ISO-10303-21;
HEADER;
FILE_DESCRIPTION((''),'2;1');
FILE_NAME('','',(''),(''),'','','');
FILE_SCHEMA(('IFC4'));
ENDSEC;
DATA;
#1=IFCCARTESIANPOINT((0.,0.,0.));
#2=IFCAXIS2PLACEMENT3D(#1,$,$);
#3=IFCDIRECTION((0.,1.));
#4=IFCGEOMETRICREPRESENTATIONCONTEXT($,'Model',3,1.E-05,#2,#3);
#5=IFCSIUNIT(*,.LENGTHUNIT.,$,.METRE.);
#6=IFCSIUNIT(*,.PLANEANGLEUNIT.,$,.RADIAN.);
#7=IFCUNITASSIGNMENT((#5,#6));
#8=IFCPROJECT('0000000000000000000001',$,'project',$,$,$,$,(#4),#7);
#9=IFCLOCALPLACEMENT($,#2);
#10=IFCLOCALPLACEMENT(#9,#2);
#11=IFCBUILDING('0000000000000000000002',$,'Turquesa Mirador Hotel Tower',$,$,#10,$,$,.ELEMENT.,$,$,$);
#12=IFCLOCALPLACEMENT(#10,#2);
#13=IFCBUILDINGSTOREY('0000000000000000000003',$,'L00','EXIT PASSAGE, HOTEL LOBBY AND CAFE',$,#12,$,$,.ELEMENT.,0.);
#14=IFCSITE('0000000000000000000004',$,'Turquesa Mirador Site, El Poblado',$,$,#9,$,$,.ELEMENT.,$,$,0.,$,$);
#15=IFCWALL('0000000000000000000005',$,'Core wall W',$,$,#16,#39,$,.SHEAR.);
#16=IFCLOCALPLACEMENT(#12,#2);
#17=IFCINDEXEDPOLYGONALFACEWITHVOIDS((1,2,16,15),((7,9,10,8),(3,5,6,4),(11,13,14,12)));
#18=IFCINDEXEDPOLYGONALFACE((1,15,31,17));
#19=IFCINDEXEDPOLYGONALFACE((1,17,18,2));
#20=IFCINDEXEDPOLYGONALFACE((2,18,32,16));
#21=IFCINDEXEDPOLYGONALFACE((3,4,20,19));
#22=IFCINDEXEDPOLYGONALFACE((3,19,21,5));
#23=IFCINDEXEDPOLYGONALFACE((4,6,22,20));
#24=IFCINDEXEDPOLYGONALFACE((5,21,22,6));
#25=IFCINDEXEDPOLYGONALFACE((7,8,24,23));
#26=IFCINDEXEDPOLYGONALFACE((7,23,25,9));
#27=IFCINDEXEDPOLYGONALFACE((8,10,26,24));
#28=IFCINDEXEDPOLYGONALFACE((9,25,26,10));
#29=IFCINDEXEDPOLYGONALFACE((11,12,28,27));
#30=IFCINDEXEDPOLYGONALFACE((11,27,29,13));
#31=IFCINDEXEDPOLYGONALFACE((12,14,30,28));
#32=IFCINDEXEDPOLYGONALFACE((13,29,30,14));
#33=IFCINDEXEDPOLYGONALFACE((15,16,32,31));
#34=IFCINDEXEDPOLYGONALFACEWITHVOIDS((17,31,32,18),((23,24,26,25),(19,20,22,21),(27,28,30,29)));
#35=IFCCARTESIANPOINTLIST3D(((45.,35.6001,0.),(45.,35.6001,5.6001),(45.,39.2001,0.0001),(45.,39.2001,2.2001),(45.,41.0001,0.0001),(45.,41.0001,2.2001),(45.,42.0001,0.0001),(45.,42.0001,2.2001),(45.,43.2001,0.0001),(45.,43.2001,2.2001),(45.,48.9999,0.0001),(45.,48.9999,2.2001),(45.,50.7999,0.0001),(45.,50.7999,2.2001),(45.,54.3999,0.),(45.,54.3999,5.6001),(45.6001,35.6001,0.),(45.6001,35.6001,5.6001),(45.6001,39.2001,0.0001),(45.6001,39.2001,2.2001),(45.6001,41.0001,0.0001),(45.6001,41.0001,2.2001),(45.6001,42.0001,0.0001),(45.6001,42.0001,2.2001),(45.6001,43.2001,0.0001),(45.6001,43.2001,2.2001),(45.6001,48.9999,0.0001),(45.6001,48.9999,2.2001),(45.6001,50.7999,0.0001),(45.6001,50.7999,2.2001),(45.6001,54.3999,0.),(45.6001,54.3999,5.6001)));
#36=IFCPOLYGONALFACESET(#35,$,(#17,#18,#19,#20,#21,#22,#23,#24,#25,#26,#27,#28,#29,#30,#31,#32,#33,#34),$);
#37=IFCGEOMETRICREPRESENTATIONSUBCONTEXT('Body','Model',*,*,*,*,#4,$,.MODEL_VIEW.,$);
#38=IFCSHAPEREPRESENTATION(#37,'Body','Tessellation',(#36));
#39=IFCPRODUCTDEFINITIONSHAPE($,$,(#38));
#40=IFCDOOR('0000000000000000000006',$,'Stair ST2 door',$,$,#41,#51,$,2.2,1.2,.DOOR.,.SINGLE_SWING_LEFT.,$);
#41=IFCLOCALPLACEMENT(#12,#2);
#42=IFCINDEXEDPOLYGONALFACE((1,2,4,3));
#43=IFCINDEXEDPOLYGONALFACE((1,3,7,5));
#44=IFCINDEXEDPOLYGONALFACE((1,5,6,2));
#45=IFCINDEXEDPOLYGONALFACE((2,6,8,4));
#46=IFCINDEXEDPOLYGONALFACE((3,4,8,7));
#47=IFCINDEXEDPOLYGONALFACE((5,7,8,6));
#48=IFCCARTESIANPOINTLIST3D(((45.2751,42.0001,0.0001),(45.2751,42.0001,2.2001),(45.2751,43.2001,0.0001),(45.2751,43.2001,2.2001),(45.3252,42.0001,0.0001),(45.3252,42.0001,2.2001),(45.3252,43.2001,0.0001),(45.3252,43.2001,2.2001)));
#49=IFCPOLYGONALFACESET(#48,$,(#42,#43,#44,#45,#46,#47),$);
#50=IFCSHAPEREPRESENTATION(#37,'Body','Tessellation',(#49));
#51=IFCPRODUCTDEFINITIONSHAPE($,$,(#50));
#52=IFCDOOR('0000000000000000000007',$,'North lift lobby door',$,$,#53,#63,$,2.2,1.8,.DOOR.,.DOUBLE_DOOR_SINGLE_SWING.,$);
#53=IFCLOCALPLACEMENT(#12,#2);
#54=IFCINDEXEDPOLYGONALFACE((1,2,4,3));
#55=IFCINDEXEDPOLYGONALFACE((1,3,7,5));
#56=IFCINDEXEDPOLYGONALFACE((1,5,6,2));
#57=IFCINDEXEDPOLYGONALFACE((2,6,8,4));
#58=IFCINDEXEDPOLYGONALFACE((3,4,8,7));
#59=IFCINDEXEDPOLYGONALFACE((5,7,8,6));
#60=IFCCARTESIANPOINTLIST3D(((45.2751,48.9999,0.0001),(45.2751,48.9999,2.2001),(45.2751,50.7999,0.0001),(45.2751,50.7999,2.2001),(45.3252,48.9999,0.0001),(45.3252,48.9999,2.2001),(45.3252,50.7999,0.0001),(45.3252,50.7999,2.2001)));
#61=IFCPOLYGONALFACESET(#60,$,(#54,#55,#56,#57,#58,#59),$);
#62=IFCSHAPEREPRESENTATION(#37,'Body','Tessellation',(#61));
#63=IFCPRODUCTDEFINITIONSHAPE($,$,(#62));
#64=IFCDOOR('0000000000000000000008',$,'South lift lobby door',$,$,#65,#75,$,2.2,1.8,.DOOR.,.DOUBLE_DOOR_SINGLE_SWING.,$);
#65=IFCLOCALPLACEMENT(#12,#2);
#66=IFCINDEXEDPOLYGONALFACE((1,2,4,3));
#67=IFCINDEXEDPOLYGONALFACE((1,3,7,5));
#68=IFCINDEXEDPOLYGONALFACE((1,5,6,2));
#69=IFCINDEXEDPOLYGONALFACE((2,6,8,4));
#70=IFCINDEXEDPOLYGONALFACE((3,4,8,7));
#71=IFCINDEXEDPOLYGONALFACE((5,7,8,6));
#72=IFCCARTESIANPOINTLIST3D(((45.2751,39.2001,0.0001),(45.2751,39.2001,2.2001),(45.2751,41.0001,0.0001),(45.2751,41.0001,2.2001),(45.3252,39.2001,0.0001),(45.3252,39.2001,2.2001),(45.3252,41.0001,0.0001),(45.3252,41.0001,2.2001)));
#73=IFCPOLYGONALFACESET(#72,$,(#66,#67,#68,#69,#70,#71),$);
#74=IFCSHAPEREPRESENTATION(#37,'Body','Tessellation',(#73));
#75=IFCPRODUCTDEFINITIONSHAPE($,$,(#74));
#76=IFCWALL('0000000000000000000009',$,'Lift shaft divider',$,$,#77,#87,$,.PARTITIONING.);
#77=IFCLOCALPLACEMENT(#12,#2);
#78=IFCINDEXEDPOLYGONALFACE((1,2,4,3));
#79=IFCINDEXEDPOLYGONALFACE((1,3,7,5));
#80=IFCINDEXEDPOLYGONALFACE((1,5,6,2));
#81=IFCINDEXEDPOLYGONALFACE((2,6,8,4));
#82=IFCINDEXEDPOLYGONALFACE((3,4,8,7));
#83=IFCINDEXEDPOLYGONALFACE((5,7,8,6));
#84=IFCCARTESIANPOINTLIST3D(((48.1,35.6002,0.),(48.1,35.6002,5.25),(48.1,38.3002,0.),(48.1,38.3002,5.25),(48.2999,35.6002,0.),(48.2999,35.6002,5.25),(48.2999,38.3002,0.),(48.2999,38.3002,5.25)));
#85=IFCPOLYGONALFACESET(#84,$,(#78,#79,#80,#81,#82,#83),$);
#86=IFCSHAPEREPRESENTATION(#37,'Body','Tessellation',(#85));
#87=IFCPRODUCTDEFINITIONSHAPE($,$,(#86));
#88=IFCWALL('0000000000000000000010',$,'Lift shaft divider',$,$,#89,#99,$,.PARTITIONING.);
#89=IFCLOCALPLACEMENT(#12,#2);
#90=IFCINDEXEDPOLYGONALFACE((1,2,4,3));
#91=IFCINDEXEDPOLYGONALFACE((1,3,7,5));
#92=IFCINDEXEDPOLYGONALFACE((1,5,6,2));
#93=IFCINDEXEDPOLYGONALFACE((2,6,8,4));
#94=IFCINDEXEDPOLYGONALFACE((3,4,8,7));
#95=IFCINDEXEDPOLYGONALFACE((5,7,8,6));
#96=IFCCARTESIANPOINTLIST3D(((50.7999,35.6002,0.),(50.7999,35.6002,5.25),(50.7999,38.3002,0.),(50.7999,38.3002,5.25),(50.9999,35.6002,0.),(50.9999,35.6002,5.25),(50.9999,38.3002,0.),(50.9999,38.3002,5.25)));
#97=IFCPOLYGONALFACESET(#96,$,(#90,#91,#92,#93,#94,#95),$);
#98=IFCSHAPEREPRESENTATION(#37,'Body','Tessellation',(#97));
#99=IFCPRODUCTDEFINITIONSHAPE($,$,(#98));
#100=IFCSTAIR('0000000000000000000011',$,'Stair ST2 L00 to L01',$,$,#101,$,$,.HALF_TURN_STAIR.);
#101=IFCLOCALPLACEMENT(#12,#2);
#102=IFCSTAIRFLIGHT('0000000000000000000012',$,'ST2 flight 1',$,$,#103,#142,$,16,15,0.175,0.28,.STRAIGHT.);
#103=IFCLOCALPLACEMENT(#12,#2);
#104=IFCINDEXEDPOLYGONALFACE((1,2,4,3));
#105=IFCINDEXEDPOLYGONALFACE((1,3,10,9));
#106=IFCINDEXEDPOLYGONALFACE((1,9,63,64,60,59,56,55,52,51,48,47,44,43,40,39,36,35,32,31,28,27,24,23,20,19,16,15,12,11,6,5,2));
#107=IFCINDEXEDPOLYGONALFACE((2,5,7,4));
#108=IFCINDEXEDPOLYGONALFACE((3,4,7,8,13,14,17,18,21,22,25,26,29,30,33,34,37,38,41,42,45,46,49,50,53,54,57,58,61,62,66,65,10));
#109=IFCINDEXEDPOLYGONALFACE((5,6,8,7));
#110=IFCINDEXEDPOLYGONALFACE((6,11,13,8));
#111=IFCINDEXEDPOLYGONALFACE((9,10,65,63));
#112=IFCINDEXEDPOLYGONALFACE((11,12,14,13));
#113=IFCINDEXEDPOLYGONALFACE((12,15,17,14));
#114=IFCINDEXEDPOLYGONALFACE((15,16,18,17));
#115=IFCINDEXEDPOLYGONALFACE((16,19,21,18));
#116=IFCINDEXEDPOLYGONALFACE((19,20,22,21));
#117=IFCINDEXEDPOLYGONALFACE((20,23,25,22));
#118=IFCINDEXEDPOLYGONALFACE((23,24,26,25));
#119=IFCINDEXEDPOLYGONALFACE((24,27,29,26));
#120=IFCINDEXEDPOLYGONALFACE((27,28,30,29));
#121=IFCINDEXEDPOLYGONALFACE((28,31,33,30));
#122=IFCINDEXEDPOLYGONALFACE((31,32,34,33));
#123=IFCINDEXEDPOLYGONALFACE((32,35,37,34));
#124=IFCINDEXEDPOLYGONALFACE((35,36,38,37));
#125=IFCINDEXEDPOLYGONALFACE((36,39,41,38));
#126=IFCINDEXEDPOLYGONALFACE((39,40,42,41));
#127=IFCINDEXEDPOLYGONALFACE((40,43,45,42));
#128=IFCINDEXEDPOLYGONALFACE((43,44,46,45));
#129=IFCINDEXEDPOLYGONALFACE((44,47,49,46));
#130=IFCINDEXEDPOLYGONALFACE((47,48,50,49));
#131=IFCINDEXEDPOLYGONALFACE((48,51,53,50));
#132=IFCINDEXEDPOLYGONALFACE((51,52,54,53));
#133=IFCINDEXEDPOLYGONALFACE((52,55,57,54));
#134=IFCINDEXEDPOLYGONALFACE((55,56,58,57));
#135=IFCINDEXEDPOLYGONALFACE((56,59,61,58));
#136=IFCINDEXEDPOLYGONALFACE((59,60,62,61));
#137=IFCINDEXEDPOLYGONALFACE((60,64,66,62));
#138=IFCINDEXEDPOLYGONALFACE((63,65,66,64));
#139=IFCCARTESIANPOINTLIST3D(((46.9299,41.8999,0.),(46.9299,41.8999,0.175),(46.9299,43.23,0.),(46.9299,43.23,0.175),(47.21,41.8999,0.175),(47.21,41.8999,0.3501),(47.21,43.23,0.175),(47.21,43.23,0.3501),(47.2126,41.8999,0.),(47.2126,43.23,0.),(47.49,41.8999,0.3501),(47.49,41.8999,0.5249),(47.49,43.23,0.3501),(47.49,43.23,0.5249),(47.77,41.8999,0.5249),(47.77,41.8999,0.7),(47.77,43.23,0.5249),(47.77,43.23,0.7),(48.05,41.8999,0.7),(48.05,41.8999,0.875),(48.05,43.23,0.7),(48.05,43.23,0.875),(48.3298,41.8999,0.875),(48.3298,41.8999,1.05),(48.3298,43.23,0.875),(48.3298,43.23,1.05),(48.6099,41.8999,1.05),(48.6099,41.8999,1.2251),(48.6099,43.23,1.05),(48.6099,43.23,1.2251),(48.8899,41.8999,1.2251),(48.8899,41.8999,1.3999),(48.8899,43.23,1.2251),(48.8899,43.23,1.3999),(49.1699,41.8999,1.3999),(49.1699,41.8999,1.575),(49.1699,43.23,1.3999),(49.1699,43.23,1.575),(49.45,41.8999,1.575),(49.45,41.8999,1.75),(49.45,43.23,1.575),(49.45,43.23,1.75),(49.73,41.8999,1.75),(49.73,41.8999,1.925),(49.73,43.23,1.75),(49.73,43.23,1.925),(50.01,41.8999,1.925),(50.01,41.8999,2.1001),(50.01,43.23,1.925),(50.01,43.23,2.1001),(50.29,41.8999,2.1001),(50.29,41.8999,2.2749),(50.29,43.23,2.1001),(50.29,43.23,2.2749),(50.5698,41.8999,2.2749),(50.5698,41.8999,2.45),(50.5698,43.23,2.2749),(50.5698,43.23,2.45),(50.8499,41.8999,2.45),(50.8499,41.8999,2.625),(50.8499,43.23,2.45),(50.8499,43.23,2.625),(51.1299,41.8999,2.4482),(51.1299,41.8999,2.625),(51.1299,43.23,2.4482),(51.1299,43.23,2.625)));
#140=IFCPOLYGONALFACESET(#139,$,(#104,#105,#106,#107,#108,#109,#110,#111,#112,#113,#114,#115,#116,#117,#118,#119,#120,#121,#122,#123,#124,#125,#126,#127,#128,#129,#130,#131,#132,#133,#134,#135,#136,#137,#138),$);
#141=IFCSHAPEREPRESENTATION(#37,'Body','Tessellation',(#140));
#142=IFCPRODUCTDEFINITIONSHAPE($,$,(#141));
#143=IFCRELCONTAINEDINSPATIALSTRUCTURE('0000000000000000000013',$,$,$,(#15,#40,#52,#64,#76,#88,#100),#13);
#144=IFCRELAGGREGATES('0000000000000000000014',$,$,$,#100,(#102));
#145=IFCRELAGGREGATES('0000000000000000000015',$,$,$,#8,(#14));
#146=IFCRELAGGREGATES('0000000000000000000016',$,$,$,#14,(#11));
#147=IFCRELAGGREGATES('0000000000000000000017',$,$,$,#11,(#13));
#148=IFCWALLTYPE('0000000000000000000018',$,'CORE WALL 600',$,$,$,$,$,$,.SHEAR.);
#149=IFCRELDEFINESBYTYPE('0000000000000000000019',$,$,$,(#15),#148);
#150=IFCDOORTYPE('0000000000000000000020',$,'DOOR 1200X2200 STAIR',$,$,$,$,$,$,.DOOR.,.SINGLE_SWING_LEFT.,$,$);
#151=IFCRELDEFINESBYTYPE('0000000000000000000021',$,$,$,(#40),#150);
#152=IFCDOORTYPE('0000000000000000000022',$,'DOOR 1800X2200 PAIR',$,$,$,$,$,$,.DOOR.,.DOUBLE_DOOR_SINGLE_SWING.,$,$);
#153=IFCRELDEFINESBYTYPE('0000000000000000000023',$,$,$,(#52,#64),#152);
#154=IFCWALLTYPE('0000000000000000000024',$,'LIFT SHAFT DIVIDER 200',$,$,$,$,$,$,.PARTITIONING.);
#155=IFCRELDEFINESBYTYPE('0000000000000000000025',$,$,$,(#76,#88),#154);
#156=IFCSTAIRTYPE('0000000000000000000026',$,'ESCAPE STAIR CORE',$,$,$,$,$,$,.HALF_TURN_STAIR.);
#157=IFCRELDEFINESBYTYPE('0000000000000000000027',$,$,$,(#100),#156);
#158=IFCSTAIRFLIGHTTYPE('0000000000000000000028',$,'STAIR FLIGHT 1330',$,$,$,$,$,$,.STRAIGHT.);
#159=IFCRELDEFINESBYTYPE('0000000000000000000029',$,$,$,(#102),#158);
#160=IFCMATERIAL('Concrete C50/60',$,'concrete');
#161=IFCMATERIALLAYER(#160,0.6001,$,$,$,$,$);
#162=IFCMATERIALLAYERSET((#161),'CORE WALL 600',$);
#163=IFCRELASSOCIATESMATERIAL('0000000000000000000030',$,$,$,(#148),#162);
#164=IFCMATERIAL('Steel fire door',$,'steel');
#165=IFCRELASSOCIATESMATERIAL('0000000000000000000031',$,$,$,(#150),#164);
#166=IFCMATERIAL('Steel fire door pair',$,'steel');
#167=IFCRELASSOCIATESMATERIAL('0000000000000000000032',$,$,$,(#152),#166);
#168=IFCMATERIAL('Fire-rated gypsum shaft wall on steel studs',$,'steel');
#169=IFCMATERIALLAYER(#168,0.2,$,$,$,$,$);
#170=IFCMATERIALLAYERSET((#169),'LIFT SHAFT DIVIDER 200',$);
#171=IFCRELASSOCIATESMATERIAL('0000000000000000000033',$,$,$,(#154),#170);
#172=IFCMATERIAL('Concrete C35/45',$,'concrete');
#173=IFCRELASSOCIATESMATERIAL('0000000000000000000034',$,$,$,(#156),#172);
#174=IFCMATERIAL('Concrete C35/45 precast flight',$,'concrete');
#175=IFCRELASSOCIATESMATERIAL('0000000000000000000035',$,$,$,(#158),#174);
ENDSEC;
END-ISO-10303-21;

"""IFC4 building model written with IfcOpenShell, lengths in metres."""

from ifc_helpers import new_model, si_unit, direction, frame, frame_2d, origin, place, context, subcontext, project, spatial, polyline, rectangle, outline, extrude, material, layer, layer_set, type_object, element, fill, aggregate, save


model = new_model("IFC4")

# Units and contexts
model_context = context("Model", 3, precision=1e-05, world=origin(), true_north=direction((0.0, 1.0)))
body_context = subcontext(model_context, "Body", "Model", "MODEL_VIEW")
ifc_project = project(units=[si_unit("LENGTHUNIT", "METRE"), si_unit("PLANEANGLEUNIT", "RADIAN")], contexts=[model_context])

# Site, building, storey
site_placement = place(None, origin())
site = spatial("IfcSite", under=ifc_project, at=site_placement, Name="Turquesa Mirador Site, El Poblado", CompositionType="ELEMENT", RefElevation=0.0)
building_placement = place(site_placement, origin())
building = spatial("IfcBuilding", under=site, at=building_placement, Name="Turquesa Mirador Hotel Tower", CompositionType="ELEMENT")
storey_placement = place(building_placement, origin())
storey = spatial("IfcBuildingStorey", under=building, at=storey_placement, Name="L00", Description="EXIT PASSAGE, HOTEL LOBBY AND CAFE", CompositionType="ELEMENT", Elevation=0.0)

# Wall, openings, doors
ifc_material_1 = material(Name="Concrete C50/60", Category="concrete")
ifc_layer_1 = layer(ifc_material_1, 0.6001)
ifc_layer_set_1 = layer_set([ifc_layer_1], Name="CORE WALL 600")
wall_type_1 = type_object("IfcWallType", Name="CORE WALL 600", PredefinedType="SHEAR", material=ifc_layer_set_1)
wall_1_placement = place(storey_placement, frame((45.3, 35.6001, 0.0), z_axis=(0.0, 0.0, 1.0), x_axis=(0.0, 1.0, 0.0)))
wall_1 = element("IfcWall", 1, at=wall_1_placement, inside=storey, type_object=wall_type_1, Name="Core wall W", PredefinedType="SHEAR", context=body_context, shape_type="SweptSolid", body=[
    extrude(rectangle(XDim=18.7998, YDim=0.6001, at=frame_2d((9.3999, 0.0))), origin(), (0.0, 0.0, 1.0), 5.6001),
])
opening_1_placement = place(wall_1_placement, frame((13.3999, 0.0, 0.0)))
opening_1 = element("IfcOpeningElement", 2, at=opening_1_placement, cuts=wall_1, PredefinedType="OPENING", context=body_context, shape_type="SweptSolid", body=[
    extrude(rectangle(XDim=1.8, YDim=2.2, at=frame_2d((0.8999, 1.1001))), frame((0.0, 0.3101, 0.0), z_axis=(0.0, -1.0, 0.0), x_axis=(1.0, 0.0, 0.0)), (0.0, 0.0, 1.0), 0.6201),
])
opening_2_placement = place(wall_1_placement, frame((3.6001, 0.0, 0.0)))
opening_2 = element("IfcOpeningElement", 3, at=opening_2_placement, cuts=wall_1, PredefinedType="OPENING", context=body_context, shape_type="SweptSolid", body=[
    extrude(rectangle(XDim=1.8, YDim=2.2, at=frame_2d((0.8999, 1.1001))), frame((0.0, 0.3101, 0.0), z_axis=(0.0, -1.0, 0.0), x_axis=(1.0, 0.0, 0.0)), (0.0, 0.0, 1.0), 0.6201),
])
opening_3_placement = place(wall_1_placement, frame((6.3999, 0.0, 0.0)))
opening_3 = element("IfcOpeningElement", 4, at=opening_3_placement, cuts=wall_1, PredefinedType="OPENING", context=body_context, shape_type="SweptSolid", body=[
    extrude(rectangle(XDim=1.2, YDim=2.2, at=frame_2d((0.6001, 1.1001))), frame((0.0, 0.3101, 0.0), z_axis=(0.0, -1.0, 0.0), x_axis=(1.0, 0.0, 0.0)), (0.0, 0.0, 1.0), 0.6201),
])
ifc_material_2 = material(Name="Steel fire door", Category="steel")
door_type_1 = type_object("IfcDoorType", Name="DOOR 1200X2200 STAIR", OperationType="SINGLE_SWING_LEFT", PredefinedType="DOOR", material=ifc_material_2)
door_1_placement = place(opening_3_placement, origin())
door_1 = element("IfcDoor", 5, at=door_1_placement, inside=storey, type_object=door_type_1, Name="Stair ST2 door", OperationType="SINGLE_SWING_LEFT", OverallHeight=2.2, OverallWidth=1.2, PredefinedType="DOOR", context=body_context, shape_type="SweptSolid", body=[
    extrude(rectangle(XDim=1.2, YDim=2.2, at=frame_2d((0.6001, 1.1001))), frame((0.0, 0.0249, 0.0), z_axis=(0.0, -1.0, 0.0), x_axis=(1.0, 0.0, 0.0)), (0.0, 0.0, 1.0), 0.05),
])
fill(opening_3, door_1)
ifc_material_3 = material(Name="Steel fire door pair", Category="steel")
door_type_2 = type_object("IfcDoorType", Name="DOOR 1800X2200 PAIR", OperationType="DOUBLE_DOOR_SINGLE_SWING", PredefinedType="DOOR", material=ifc_material_3)
door_2_placement = place(opening_1_placement, origin())
door_2 = element("IfcDoor", 6, at=door_2_placement, inside=storey, type_object=door_type_2, Name="North lift lobby door", OperationType="DOUBLE_DOOR_SINGLE_SWING", OverallHeight=2.2, OverallWidth=1.8, PredefinedType="DOOR", context=body_context, shape_type="SweptSolid", body=[
    extrude(rectangle(XDim=1.8, YDim=2.2, at=frame_2d((0.8999, 1.1001))), frame((0.0, 0.0249, 0.0), z_axis=(0.0, -1.0, 0.0), x_axis=(1.0, 0.0, 0.0)), (0.0, 0.0, 1.0), 0.05),
])
fill(opening_1, door_2)
door_3_placement = place(opening_2_placement, origin())
door_3 = element("IfcDoor", 7, at=door_3_placement, inside=storey, type_object=door_type_2, Name="South lift lobby door", OperationType="DOUBLE_DOOR_SINGLE_SWING", OverallHeight=2.2, OverallWidth=1.8, PredefinedType="DOOR", context=body_context, shape_type="SweptSolid", body=[
    extrude(rectangle(XDim=1.8, YDim=2.2, at=frame_2d((0.8999, 1.1001))), frame((0.0, 0.0249, 0.0), z_axis=(0.0, -1.0, 0.0), x_axis=(1.0, 0.0, 0.0)), (0.0, 0.0, 1.0), 0.05),
])
fill(opening_2, door_3)

# Walls
ifc_material_4 = material(Name="Fire-rated gypsum shaft wall on steel studs", Category="steel")
ifc_layer_2 = layer(ifc_material_4, 0.2)
ifc_layer_set_2 = layer_set([ifc_layer_2], Name="LIFT SHAFT DIVIDER 200")
wall_type_2 = type_object("IfcWallType", Name="LIFT SHAFT DIVIDER 200", PredefinedType="PARTITIONING", material=ifc_layer_set_2)
for number, where, z_axis, x_axis, name in (
    (8, (48.2, 35.6001, 0.0), (0.0, 0.0, 1.0), (0.0, 1.0, 0.0), "Lift shaft divider"),
    (9, (50.8999, 35.6001, 0.0), (0.0, 0.0, 1.0), (0.0, 1.0, 0.0), "Lift shaft divider"),
):
    element("IfcWall", number, at=place(storey_placement, frame(where, z_axis=z_axis, x_axis=x_axis)), inside=storey, type_object=wall_type_2, Name=name, PredefinedType="PARTITIONING", context=body_context, shape_type="SweptSolid", body=[
        extrude(rectangle(XDim=2.7, YDim=0.2, at=frame_2d((1.3501, 0.0))), origin(), (0.0, 0.0, 1.0), 5.25),
    ])

# Stair, stair flight
ifc_material_5 = material(Name="Concrete C35/45", Category="concrete")
stair_type = type_object("IfcStairType", Name="ESCAPE STAIR CORE", PredefinedType="HALF_TURN_STAIR", material=ifc_material_5)
stair_placement = place(storey_placement, origin())
stair = element("IfcStair", 10, at=stair_placement, inside=storey, type_object=stair_type, Name="Stair ST2 L00 to L01", PredefinedType="HALF_TURN_STAIR")
ifc_material_6 = material(Name="Concrete C35/45 precast flight", Category="concrete")
stair_flight_type = type_object("IfcStairFlightType", Name="STAIR FLIGHT 1330", PredefinedType="STRAIGHT", material=ifc_material_6)
stair_flight_placement = place(storey_placement, frame((46.9299, 42.5649, 0.0), z_axis=(0.0, 0.0, 1.0), x_axis=(1.0, 0.0, 0.0)))
stair_flight = element("IfcStairFlight", 11, at=stair_flight_placement, type_object=stair_flight_type, Name="ST2 flight 1", NumberOfRisers=16, NumberOfTreads=15, PredefinedType="STRAIGHT", RiserHeight=0.175, TreadLength=0.28, context=body_context, shape_type="SweptSolid", body=[
    extrude(outline(polyline([(0.0, 0.0), (0.0, 0.175), (0.28, 0.175), (0.28, 0.3501), (0.5601, 0.3501), (0.5601, 0.5249), (0.8401, 0.5249), (0.8401, 0.7), (1.1201, 0.7), (1.1201, 0.875), (1.3999, 0.875), (1.3999, 1.05), (1.6799, 1.05), (1.6799, 1.2251), (1.96, 1.2251), (1.96, 1.3999), (2.24, 1.3999), (2.24, 1.575), (2.52, 1.575), (2.52, 1.75), (2.8, 1.75), (2.8, 1.925), (3.0801, 1.925), (3.0801, 2.1001), (3.3601, 2.1001), (3.3601, 2.2749), (3.6399, 2.2749), (3.6399, 2.45), (3.9199, 2.45), (3.9199, 2.625), (4.2, 2.625), (4.2, 2.8), (4.2, 2.4482), (0.2827, 0.0), (0.0, 0.0)])), frame((0.0, 0.665, 0.0), z_axis=(0.0, -1.0, 0.0), x_axis=(1.0, 0.0, 0.0)), (0.0, 0.0, 1.0), 1.3301),
])
aggregate(stair, [stair_flight])

save(model, "model.ifc")
